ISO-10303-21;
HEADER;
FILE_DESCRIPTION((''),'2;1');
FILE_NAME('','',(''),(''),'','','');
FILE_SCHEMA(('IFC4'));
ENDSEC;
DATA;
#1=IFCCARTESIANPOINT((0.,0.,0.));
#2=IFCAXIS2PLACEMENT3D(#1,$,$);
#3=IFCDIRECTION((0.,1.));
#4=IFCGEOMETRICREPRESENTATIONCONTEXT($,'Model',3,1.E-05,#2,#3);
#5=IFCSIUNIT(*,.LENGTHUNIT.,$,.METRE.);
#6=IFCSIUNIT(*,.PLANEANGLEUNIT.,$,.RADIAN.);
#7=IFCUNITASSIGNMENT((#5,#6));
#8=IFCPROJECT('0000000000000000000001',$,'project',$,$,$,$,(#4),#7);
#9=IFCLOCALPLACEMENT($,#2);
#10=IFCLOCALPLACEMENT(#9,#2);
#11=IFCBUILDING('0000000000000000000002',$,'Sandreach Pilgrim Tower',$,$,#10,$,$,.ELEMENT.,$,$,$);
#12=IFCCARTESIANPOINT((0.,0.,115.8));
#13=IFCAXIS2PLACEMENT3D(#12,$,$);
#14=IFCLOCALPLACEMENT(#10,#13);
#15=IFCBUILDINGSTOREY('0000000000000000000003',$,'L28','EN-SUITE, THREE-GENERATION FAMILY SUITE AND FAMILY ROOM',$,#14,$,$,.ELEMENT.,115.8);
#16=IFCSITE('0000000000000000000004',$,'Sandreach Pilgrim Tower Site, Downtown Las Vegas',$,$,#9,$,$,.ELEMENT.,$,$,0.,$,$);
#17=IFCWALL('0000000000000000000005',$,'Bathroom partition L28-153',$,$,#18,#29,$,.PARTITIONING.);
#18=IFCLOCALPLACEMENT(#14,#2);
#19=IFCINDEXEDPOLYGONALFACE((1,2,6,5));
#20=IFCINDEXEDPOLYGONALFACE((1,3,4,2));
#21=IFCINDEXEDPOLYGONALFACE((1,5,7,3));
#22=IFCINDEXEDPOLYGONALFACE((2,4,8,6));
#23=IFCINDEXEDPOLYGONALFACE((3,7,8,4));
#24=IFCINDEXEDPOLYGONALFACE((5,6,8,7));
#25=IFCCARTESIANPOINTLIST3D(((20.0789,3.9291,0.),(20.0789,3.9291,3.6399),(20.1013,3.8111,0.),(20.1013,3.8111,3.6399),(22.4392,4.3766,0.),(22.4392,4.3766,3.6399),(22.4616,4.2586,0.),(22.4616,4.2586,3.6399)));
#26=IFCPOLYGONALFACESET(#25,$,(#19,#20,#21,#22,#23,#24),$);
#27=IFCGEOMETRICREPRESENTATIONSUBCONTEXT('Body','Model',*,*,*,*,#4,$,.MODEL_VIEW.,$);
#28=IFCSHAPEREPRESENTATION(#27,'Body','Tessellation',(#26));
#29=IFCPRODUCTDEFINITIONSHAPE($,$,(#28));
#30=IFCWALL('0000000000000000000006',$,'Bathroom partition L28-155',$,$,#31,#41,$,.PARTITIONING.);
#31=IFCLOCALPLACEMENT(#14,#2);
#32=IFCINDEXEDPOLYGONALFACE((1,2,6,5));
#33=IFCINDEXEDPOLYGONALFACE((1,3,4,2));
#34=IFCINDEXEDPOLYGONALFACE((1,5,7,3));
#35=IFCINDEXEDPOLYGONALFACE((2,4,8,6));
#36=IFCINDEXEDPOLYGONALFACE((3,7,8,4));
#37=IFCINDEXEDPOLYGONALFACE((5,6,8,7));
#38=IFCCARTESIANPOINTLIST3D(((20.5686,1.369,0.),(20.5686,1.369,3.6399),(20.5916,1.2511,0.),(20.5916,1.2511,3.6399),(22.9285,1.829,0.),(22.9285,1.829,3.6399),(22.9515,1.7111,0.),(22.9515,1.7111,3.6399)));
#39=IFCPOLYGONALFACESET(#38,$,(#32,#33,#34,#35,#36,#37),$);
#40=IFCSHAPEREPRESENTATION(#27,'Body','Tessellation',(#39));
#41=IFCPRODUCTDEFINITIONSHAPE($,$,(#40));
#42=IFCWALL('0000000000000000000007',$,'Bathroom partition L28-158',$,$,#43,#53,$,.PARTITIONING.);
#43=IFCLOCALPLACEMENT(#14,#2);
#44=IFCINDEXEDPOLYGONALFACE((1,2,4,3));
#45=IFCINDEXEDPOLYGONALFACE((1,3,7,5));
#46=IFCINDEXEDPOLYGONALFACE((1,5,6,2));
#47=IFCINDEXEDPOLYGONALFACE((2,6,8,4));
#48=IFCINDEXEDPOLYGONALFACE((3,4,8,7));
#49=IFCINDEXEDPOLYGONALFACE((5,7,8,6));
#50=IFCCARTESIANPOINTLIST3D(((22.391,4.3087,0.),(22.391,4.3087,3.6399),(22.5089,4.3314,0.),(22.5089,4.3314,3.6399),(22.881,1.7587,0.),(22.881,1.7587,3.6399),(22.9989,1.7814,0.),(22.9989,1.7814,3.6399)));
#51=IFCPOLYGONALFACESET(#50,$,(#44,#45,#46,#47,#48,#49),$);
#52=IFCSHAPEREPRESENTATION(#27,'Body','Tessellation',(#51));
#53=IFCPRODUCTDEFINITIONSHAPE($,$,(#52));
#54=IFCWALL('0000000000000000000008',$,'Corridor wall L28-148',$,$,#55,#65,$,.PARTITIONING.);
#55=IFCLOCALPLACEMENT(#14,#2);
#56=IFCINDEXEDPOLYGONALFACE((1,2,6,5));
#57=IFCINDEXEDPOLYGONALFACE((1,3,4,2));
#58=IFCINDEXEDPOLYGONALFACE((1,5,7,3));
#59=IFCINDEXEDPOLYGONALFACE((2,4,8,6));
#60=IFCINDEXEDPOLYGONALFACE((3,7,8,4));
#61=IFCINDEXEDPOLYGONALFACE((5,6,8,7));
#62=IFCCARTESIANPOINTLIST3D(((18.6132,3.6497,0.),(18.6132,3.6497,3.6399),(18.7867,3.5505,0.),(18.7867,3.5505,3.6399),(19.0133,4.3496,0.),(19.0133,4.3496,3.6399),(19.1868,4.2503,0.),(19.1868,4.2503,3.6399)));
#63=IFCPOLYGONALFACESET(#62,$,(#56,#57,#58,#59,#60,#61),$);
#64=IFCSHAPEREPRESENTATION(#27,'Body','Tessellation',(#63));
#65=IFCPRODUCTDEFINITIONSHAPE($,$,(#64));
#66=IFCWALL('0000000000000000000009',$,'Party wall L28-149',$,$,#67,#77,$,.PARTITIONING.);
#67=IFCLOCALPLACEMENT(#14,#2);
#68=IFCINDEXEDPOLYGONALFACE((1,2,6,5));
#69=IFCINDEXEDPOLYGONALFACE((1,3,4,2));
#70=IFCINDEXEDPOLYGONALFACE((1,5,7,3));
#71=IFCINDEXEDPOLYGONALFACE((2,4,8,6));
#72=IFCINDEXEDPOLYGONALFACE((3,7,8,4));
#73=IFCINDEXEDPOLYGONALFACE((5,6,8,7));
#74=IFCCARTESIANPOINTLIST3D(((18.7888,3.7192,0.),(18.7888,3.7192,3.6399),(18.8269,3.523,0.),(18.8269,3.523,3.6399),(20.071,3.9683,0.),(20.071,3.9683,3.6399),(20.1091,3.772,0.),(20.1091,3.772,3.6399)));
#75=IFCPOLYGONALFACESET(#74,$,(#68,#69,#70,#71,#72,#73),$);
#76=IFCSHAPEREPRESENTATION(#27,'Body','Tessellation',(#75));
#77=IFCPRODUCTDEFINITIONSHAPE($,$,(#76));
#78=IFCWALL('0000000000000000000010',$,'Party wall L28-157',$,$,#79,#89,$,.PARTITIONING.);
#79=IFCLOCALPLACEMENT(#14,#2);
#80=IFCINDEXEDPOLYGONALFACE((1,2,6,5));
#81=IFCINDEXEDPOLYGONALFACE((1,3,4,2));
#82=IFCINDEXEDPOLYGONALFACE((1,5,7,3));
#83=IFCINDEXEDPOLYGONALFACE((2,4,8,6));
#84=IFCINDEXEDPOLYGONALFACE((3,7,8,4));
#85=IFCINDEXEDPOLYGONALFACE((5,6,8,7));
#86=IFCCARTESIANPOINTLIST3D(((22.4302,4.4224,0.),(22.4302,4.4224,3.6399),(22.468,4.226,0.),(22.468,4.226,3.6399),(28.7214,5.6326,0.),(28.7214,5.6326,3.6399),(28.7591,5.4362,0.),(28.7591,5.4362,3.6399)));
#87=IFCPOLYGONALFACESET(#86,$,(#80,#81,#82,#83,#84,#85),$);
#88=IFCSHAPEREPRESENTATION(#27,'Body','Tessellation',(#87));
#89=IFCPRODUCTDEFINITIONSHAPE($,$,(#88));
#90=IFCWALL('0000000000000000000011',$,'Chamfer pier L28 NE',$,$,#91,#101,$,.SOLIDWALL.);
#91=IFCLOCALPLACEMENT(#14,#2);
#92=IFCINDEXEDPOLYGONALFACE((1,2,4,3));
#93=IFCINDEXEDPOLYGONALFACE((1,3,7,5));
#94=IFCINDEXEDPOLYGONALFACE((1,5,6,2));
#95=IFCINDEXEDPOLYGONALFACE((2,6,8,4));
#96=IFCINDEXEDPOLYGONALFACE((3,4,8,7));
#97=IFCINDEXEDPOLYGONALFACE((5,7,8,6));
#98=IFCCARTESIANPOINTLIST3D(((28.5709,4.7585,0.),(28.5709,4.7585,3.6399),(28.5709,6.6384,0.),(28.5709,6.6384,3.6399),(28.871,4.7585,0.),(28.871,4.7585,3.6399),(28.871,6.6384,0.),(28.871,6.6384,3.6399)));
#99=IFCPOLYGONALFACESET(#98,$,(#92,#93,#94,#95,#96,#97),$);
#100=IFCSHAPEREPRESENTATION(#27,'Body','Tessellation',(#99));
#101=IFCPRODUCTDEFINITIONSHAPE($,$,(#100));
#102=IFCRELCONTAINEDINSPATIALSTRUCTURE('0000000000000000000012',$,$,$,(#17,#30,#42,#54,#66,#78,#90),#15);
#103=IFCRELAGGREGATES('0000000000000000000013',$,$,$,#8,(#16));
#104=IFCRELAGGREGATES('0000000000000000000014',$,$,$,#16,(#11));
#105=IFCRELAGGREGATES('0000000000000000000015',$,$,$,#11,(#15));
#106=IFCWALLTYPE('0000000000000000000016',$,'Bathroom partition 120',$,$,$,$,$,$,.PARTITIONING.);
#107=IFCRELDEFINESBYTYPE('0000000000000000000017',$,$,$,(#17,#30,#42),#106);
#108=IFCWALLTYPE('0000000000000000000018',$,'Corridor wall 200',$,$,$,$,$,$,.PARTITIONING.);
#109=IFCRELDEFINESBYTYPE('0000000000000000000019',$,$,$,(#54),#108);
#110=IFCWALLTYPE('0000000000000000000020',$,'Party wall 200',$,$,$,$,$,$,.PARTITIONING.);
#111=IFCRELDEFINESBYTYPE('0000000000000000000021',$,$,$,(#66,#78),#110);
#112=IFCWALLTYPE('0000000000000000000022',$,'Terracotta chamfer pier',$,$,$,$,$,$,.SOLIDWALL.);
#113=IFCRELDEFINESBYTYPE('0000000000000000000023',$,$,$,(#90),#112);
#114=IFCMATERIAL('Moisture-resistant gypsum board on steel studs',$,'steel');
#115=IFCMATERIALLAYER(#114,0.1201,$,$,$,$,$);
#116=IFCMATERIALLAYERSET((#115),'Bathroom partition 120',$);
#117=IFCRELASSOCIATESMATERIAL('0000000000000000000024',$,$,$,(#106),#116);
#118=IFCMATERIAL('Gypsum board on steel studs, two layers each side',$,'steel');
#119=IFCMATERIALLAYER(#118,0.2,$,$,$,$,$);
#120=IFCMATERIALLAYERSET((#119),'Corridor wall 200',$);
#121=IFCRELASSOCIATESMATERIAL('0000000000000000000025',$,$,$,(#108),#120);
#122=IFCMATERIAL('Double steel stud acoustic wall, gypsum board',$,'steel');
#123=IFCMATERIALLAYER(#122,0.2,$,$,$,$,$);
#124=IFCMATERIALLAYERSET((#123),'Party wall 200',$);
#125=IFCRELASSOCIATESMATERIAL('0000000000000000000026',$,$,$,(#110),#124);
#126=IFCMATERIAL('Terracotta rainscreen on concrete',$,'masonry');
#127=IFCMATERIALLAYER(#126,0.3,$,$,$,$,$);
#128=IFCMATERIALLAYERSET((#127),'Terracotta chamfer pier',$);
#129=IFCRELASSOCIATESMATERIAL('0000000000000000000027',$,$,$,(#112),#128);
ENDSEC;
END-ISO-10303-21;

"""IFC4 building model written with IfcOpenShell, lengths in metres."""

from ifc_helpers import new_model, si_unit, direction, frame, frame_2d, origin, place, context, subcontext, project, spatial, rectangle, extrude, material, layer, layer_set, type_object, element, save


model = new_model("IFC4")

# Units and contexts
model_context = context("Model", 3, precision=1e-05, world=origin(), true_north=direction((0.0, 1.0)))
body_context = subcontext(model_context, "Body", "Model", "MODEL_VIEW")
ifc_project = project(units=[si_unit("LENGTHUNIT", "METRE"), si_unit("PLANEANGLEUNIT", "RADIAN")], contexts=[model_context])

# Site, building, storey
site_placement = place(None, origin())
site = spatial("IfcSite", under=ifc_project, at=site_placement, Name="Sandreach Pilgrim Tower Site, Downtown Las Vegas", CompositionType="ELEMENT", RefElevation=0.0)
building_placement = place(site_placement, origin())
building = spatial("IfcBuilding", under=site, at=building_placement, Name="Sandreach Pilgrim Tower", CompositionType="ELEMENT")
storey_placement = place(building_placement, frame((0.0, 0.0, 115.8)))
storey = spatial("IfcBuildingStorey", under=building, at=storey_placement, Name="L28", Description="EN-SUITE, THREE-GENERATION FAMILY SUITE AND FAMILY ROOM", CompositionType="ELEMENT", Elevation=115.8)

# Shared definitions
ifc_material_1 = material(Name="Moisture-resistant gypsum board on steel studs", Category="steel")
ifc_layer_1 = layer(ifc_material_1, 0.1201)
ifc_layer_set_1 = layer_set([ifc_layer_1], Name="Bathroom partition 120")
wall_type_1 = type_object("IfcWallType", Name="Bathroom partition 120", PredefinedType="PARTITIONING", material=ifc_layer_set_1)

# Walls
wall_1_placement = place(storey_placement, frame((20.0901, 3.8701, 0.0), z_axis=(0.0, 0.0, 1.0), x_axis=(0.982497, 0.186276, 0.0)))
element("IfcWall", 1, at=wall_1_placement, inside=storey, type_object=wall_type_1, Name="Bathroom partition L28-153", PredefinedType="PARTITIONING", context=body_context, shape_type="SweptSolid", body=[
    extrude(rectangle(XDim=2.4023, YDim=0.1201, at=frame_2d((1.2012, 0.0))), origin(), (0.0, 0.0, 1.0), 3.6399),
])
wall_2_placement = place(storey_placement, frame((20.5801, 1.3101, 0.0), z_axis=(0.0, 0.0, 1.0), x_axis=(0.98153, 0.19131, 0.0)))
element("IfcWall", 2, at=wall_2_placement, inside=storey, type_object=wall_type_1, Name="Bathroom partition L28-155", PredefinedType="PARTITIONING", context=body_context, shape_type="SweptSolid", body=[
    extrude(rectangle(XDim=2.4043, YDim=0.1201, at=frame_2d((1.2021, 0.0))), origin(), (0.0, 0.0, 1.0), 3.6399),
])
wall_3_placement = place(storey_placement, frame((22.9399, 1.77, 0.0), z_axis=(0.0, 0.0, 1.0), x_axis=(-0.188697, 0.982035, 0.0)))
element("IfcWall", 3, at=wall_3_placement, inside=storey, type_object=wall_type_1, Name="Bathroom partition L28-158", PredefinedType="PARTITIONING", context=body_context, shape_type="SweptSolid", body=[
    extrude(rectangle(XDim=2.5967, YDim=0.1201, at=frame_2d((1.2983, 0.0))), origin(), (0.0, 0.0, 1.0), 3.6399),
])

# Shared definitions
ifc_material_2 = material(Name="Gypsum board on steel studs, two layers each side", Category="steel")
ifc_layer_2 = layer(ifc_material_2, 0.2)
ifc_layer_set_2 = layer_set([ifc_layer_2], Name="Corridor wall 200")
wall_type_2 = type_object("IfcWallType", Name="Corridor wall 200", PredefinedType="PARTITIONING", material=ifc_layer_set_2)

# Walls
wall_4_placement = place(storey_placement, frame((18.7, 3.6001, 0.0), z_axis=(0.0, 0.0, 1.0), x_axis=(0.496302, 0.86815, 0.0)))
element("IfcWall", 4, at=wall_4_placement, inside=storey, type_object=wall_type_2, Name="Corridor wall L28-148", PredefinedType="PARTITIONING", context=body_context, shape_type="SweptSolid", body=[
    extrude(rectangle(XDim=0.8062, YDim=0.2, at=frame_2d((0.4031, 0.0))), origin(), (0.0, 0.0, 1.0), 3.6399),
])
ifc_material_3 = material(Name="Double steel stud acoustic wall, gypsum board", Category="steel")
ifc_layer_3 = layer(ifc_material_3, 0.2)
ifc_layer_set_3 = layer_set([ifc_layer_3], Name="Party wall 200")
wall_type_3 = type_object("IfcWallType", Name="Party wall 200", PredefinedType="PARTITIONING", material=ifc_layer_set_3)
wall_5_placement = place(storey_placement, frame((18.8079, 3.6211, 0.0), z_axis=(0.0, 0.0, 1.0), x_axis=(0.981658, 0.19065, 0.0)))
element("IfcWall", 5, at=wall_5_placement, inside=storey, type_object=wall_type_3, Name="Party wall L28-149", PredefinedType="PARTITIONING", context=body_context, shape_type="SweptSolid", body=[
    extrude(rectangle(XDim=1.3062, YDim=0.2, at=frame_2d((0.6531, 0.0))), origin(), (0.0, 0.0, 1.0), 3.6399),
])
wall_6_placement = place(storey_placement, frame((22.4492, 4.3242, 0.0), z_axis=(0.0, 0.0, 1.0), x_axis=(0.981996, 0.1889, 0.0)))
element("IfcWall", 6, at=wall_6_placement, inside=storey, type_object=wall_type_3, Name="Party wall L28-157", PredefinedType="PARTITIONING", context=body_context, shape_type="SweptSolid", body=[
    extrude(rectangle(XDim=6.4065, YDim=0.2, at=frame_2d((3.2031, 0.0))), origin(), (0.0, 0.0, 1.0), 3.6399),
])
ifc_material_4 = material(Name="Terracotta rainscreen on concrete", Category="masonry")
ifc_layer_4 = layer(ifc_material_4, 0.3)
ifc_layer_set_4 = layer_set([ifc_layer_4], Name="Terracotta chamfer pier")
wall_type_4 = type_object("IfcWallType", Name="Terracotta chamfer pier", PredefinedType="SOLIDWALL", material=ifc_layer_set_4)
wall_7_placement = place(storey_placement, frame((28.7209, 6.6384, 0.0), z_axis=(0.0, 0.0, 1.0), x_axis=(0.0, -1.0, 0.0)))
element("IfcWall", 7, at=wall_7_placement, inside=storey, type_object=wall_type_4, Name="Chamfer pier L28 NE", PredefinedType="SOLIDWALL", context=body_context, shape_type="SweptSolid", body=[
    extrude(rectangle(XDim=1.8799, YDim=0.3, at=frame_2d((0.9399, 0.0))), origin(), (0.0, 0.0, 1.0), 3.6399),
])

save(model, "model.ifc")
